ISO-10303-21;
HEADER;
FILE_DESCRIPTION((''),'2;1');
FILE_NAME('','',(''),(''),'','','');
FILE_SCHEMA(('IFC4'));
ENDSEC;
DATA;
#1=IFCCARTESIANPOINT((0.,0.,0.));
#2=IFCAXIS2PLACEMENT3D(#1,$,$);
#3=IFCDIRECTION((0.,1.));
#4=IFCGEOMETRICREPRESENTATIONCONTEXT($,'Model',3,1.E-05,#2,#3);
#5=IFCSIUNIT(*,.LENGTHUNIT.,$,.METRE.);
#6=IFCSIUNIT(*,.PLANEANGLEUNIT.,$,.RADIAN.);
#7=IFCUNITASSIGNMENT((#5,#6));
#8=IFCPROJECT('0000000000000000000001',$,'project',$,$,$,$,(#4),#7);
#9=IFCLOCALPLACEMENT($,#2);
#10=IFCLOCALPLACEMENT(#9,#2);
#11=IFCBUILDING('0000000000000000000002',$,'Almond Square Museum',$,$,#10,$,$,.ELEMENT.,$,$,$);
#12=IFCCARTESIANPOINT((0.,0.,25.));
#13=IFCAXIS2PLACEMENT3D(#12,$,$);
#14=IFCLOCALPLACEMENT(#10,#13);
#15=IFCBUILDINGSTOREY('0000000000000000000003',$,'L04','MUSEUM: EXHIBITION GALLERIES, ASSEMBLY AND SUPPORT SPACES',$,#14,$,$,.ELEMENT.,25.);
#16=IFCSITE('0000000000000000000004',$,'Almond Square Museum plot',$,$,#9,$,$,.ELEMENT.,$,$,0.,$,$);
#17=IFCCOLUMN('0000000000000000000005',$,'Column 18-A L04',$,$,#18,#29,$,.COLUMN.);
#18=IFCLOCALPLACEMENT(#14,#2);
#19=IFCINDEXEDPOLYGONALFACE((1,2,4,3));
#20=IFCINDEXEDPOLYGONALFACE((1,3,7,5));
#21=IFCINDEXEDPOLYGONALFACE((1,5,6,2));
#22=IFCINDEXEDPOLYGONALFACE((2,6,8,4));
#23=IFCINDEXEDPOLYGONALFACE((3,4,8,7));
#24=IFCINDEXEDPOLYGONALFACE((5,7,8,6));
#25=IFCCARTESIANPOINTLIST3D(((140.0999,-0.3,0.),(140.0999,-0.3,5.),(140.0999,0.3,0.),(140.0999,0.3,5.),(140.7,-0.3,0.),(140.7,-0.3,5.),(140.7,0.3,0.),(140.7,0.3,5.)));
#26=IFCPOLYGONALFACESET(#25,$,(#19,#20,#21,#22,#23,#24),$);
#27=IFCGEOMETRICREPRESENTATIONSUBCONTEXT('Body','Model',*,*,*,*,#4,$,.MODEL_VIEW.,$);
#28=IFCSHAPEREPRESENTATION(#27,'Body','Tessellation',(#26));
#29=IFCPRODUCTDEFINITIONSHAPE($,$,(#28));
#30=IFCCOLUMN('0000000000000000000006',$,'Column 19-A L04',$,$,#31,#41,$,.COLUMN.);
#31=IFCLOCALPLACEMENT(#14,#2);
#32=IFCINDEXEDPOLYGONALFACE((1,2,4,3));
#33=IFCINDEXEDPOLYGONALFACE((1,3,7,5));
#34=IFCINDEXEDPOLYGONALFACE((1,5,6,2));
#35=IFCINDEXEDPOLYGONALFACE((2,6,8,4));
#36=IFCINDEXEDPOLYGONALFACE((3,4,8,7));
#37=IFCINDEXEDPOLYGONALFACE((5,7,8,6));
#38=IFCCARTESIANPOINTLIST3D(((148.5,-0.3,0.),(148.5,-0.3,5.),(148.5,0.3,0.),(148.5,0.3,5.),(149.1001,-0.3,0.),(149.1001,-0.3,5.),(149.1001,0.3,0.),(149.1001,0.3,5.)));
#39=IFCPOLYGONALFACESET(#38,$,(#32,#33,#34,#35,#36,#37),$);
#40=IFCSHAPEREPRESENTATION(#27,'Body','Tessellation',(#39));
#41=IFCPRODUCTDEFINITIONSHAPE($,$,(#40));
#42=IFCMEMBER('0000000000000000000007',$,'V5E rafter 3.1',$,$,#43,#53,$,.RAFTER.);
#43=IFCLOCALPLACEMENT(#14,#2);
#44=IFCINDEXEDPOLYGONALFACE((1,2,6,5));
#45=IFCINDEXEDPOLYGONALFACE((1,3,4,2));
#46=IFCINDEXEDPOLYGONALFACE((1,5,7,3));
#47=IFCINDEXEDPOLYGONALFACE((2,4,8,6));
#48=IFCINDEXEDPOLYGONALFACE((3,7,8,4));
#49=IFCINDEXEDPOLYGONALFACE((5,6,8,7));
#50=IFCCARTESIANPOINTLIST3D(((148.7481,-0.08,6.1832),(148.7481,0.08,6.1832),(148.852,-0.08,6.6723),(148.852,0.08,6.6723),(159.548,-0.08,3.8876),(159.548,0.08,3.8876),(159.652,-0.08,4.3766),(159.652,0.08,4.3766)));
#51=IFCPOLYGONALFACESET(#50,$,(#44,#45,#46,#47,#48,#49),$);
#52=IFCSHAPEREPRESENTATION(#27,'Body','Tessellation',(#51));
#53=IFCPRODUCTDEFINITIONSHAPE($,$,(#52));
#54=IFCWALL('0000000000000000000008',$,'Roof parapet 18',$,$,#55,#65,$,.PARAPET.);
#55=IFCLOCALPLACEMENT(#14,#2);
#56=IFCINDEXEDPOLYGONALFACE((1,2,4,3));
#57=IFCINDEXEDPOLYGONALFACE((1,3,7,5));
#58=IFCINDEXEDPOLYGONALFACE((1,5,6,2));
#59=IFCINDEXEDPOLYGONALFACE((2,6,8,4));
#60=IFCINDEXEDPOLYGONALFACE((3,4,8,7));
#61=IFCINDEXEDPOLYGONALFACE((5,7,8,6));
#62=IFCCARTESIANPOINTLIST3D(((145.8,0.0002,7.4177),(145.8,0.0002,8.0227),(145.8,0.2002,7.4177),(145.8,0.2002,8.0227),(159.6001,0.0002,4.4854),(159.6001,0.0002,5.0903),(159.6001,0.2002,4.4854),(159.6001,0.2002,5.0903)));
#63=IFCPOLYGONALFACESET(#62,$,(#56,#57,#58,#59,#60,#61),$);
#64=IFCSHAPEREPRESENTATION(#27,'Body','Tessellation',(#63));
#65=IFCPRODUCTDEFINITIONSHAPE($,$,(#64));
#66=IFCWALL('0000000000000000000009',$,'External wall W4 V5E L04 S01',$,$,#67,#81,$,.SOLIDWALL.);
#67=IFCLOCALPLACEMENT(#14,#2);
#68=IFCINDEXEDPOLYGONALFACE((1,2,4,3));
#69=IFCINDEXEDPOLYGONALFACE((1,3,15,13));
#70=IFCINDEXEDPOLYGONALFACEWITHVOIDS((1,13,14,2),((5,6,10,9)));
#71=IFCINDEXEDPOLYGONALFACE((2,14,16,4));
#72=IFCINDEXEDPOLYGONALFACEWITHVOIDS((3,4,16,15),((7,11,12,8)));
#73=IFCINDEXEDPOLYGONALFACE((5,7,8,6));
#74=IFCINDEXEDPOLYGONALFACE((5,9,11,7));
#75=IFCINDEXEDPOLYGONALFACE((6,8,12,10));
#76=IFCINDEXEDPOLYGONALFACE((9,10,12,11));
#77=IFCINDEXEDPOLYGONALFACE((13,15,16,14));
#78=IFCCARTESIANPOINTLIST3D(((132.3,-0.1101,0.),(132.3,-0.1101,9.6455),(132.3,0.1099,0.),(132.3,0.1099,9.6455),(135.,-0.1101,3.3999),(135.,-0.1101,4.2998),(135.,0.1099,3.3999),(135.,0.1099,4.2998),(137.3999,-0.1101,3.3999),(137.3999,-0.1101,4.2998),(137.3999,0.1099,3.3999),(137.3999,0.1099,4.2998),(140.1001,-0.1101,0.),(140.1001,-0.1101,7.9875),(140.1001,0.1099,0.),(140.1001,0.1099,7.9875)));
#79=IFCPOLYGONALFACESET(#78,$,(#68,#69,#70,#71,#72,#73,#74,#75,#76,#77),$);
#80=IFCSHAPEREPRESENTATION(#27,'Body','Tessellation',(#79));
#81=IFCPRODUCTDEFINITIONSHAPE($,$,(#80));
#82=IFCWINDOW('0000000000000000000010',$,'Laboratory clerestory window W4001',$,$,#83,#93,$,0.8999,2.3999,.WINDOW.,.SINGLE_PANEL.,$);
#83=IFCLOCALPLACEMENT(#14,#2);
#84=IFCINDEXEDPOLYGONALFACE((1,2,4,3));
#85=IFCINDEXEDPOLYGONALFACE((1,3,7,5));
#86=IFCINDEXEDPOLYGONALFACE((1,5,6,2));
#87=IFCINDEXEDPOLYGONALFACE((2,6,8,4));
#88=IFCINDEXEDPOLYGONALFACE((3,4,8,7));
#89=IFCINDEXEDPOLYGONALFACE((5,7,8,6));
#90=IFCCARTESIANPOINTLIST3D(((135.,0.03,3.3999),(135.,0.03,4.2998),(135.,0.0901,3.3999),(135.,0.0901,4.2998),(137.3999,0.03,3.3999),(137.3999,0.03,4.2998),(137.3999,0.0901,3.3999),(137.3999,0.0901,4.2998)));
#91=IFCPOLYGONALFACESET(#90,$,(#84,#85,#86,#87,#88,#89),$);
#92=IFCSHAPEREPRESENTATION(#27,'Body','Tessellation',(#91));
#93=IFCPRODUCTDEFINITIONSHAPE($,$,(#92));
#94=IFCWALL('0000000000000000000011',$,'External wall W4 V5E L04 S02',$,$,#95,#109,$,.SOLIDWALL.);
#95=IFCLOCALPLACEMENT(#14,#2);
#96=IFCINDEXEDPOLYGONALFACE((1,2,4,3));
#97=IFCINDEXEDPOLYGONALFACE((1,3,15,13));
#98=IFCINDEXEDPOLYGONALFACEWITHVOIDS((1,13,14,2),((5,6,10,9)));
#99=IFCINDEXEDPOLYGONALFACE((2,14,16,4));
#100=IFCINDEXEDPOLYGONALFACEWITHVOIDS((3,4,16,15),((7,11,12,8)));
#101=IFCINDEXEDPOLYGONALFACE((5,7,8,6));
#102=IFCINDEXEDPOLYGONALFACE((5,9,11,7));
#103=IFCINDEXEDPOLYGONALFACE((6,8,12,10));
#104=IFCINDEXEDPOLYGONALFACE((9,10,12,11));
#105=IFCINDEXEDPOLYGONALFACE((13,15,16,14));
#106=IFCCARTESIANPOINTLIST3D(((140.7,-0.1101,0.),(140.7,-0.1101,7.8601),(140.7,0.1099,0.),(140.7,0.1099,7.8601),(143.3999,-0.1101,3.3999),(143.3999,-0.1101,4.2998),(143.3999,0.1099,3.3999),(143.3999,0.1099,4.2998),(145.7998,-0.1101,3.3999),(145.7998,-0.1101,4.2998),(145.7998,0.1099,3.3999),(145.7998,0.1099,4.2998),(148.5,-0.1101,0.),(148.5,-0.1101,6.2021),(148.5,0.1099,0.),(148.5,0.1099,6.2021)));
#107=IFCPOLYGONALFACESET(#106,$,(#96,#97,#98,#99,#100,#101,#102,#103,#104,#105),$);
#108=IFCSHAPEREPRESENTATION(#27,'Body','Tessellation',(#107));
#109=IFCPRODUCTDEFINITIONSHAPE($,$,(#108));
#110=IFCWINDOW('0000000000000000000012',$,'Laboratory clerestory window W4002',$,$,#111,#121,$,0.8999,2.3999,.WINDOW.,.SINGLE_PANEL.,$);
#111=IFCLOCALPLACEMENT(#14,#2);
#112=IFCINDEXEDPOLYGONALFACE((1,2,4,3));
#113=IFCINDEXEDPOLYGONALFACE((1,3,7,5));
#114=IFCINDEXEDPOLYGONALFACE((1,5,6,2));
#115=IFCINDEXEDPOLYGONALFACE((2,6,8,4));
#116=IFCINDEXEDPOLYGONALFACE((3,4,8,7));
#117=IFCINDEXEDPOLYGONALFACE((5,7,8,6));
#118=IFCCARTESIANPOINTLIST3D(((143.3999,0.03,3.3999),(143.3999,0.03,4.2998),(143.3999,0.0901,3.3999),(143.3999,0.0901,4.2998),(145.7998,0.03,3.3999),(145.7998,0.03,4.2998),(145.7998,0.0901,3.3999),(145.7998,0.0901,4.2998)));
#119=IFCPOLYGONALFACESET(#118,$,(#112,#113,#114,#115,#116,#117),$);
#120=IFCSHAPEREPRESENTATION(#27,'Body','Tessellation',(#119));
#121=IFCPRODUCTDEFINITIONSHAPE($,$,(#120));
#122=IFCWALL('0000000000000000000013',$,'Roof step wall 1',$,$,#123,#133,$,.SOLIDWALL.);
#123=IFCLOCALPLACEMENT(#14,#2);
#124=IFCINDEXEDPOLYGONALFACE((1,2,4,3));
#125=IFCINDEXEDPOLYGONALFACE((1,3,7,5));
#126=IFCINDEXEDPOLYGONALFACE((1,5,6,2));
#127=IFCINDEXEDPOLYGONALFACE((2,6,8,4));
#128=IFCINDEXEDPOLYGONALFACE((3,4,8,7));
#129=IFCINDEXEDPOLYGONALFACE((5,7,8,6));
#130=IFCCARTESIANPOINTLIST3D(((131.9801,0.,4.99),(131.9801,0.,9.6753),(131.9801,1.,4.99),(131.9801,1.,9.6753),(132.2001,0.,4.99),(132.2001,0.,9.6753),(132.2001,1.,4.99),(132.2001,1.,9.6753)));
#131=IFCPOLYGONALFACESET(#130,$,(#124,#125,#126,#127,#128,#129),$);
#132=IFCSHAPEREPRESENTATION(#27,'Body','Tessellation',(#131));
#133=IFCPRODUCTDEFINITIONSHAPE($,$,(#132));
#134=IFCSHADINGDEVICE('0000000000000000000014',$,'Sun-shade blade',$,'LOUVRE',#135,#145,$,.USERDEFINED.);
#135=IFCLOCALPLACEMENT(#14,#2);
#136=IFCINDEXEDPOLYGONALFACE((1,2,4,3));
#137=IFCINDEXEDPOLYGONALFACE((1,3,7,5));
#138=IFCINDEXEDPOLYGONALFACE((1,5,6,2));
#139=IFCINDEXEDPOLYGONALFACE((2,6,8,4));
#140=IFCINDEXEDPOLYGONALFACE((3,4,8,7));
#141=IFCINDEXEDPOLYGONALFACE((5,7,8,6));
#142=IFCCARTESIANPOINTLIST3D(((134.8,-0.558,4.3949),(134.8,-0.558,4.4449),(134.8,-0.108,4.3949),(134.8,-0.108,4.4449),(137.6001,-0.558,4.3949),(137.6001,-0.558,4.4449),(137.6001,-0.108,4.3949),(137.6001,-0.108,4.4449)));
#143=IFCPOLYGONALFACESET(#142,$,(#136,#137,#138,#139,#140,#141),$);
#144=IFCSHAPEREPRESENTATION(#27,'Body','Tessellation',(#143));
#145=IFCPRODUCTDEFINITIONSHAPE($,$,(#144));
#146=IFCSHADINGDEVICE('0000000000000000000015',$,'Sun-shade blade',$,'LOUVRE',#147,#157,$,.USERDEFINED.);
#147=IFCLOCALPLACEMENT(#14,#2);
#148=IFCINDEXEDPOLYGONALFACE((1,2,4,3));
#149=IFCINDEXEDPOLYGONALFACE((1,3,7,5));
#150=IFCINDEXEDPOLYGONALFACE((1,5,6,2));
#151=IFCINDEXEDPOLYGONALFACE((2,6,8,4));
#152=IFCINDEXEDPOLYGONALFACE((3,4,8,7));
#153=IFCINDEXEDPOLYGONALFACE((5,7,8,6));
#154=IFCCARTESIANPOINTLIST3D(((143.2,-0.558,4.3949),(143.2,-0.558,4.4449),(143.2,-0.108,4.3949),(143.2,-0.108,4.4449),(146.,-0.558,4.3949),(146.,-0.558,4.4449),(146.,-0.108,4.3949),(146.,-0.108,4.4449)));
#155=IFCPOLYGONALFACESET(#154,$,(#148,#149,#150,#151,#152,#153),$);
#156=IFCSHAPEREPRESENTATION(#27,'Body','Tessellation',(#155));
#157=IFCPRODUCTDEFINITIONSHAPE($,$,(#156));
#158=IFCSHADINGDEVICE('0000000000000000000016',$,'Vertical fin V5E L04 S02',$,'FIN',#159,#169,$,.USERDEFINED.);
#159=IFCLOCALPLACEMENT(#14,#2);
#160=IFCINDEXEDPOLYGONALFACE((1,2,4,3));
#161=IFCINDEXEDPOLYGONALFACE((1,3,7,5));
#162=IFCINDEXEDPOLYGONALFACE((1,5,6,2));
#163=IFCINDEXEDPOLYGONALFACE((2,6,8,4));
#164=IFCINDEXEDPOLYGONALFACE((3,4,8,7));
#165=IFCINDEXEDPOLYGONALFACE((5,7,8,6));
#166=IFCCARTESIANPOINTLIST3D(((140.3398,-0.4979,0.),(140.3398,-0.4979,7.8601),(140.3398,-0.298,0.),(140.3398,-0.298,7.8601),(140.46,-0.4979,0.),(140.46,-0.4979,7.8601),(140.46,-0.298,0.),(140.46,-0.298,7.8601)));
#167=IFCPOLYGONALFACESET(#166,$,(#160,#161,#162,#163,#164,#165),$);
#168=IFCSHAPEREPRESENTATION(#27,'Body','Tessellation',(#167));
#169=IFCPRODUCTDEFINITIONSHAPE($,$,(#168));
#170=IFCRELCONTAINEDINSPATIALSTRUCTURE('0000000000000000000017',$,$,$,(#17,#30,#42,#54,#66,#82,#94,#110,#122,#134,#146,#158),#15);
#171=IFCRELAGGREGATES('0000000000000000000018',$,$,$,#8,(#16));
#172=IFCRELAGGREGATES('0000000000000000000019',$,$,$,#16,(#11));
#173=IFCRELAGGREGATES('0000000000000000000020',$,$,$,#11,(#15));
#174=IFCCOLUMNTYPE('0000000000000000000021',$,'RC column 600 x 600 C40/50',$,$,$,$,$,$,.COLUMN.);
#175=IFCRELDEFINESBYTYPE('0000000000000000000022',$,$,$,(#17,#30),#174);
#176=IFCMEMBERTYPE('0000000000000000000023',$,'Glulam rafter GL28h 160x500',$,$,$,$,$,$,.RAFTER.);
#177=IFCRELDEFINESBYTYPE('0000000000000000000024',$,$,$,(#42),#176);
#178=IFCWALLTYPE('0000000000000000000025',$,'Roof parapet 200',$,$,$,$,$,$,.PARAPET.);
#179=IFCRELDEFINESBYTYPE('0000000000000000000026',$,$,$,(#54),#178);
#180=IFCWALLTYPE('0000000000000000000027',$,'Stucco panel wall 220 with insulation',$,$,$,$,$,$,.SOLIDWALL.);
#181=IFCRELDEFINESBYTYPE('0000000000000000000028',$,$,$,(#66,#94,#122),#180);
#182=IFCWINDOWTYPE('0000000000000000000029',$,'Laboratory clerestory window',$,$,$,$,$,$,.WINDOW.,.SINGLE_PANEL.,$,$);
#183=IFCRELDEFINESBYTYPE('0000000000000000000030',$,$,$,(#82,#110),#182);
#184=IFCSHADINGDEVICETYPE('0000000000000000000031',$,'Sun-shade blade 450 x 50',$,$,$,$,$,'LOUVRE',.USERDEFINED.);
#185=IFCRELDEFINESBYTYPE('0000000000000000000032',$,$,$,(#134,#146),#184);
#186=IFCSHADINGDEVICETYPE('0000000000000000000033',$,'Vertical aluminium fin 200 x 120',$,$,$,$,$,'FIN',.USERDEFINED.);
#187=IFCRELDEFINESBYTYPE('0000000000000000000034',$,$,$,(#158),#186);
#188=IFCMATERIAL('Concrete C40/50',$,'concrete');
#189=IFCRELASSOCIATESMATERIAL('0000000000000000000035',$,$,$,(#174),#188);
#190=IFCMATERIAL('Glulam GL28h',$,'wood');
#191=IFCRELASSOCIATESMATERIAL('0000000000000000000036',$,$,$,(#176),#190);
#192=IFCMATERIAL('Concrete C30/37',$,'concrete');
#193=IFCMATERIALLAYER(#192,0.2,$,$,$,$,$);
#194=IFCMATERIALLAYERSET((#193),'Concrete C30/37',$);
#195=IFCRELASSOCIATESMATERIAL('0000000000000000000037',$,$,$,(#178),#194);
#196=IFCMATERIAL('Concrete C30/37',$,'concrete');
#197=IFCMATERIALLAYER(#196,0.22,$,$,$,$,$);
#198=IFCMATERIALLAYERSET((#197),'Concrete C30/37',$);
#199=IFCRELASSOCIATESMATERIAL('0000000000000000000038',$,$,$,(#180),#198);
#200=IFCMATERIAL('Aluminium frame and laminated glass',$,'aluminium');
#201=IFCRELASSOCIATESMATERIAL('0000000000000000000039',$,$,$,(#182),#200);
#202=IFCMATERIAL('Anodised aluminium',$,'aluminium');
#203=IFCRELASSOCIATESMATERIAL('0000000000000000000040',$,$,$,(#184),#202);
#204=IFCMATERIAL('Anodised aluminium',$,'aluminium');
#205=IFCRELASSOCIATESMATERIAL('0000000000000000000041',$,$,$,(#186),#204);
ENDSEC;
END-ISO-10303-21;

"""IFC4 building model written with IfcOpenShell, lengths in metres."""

from ifc_helpers import new_model, si_unit, direction, frame, frame_2d, origin, origin_2d, place, context, subcontext, project, spatial, polyline, rectangle, outline, extrude, material, layer, layer_set, material_profile, profile_set, type_object, element, fill, save


model = new_model("IFC4")

# Units and contexts
model_context = context("Model", 3, precision=1e-05, world=origin(), true_north=direction((0.0, 1.0)))
body_context = subcontext(model_context, "Body", "Model", "MODEL_VIEW")
ifc_project = project(units=[si_unit("LENGTHUNIT", "METRE"), si_unit("PLANEANGLEUNIT", "RADIAN")], contexts=[model_context])

# Site, building, storey
site_placement = place(None, origin())
site = spatial("IfcSite", under=ifc_project, at=site_placement, Name="Almond Square Museum plot", CompositionType="ELEMENT", RefElevation=0.0)
building_placement = place(site_placement, origin())
building = spatial("IfcBuilding", under=site, at=building_placement, Name="Almond Square Museum", CompositionType="ELEMENT")
storey_placement = place(building_placement, frame((0.0, 0.0, 25.0)))
storey = spatial("IfcBuildingStorey", under=building, at=storey_placement, Name="L04", Description="MUSEUM: EXHIBITION GALLERIES, ASSEMBLY AND SUPPORT SPACES", CompositionType="ELEMENT", Elevation=25.0)

# Columns
ifc_material_1 = material(Name="Concrete C40/50", Category="concrete")
ifc_material_profile_1 = material_profile(ifc_material_1, rectangle(XDim=0.6001, YDim=0.6001, at=origin_2d()))
ifc_profile_set_1 = profile_set([ifc_material_profile_1], Name="Concrete C40/50")
column_type = type_object("IfcColumnType", Name="RC column 600 x 600 C40/50", PredefinedType="COLUMN", material=ifc_profile_set_1)
for number, where, z_axis, x_axis, name in (
    (1, (140.3999, 0.0, 0.0), (0.0, 0.0, 1.0), (1.0, 0.0, 0.0), "Column 18-A L04"),
    (2, (148.8, 0.0, 0.0), (0.0, 0.0, 1.0), (1.0, 0.0, 0.0), "Column 19-A L04"),
):
    element("IfcColumn", number, at=place(storey_placement, frame(where, z_axis=z_axis, x_axis=x_axis)), inside=storey, type_object=column_type, Name=name, PredefinedType="COLUMN", context=body_context, shape_type="SweptSolid", body=[
        extrude(rectangle(XDim=0.6001, YDim=0.6001, at=origin_2d()), origin(), (0.0, 0.0, 1.0), 5.0),
    ])

# Member
ifc_material_2 = material(Name="Glulam GL28h", Category="wood")
ifc_material_profile_2 = material_profile(ifc_material_2, rectangle(XDim=0.1599, YDim=0.5, at=origin_2d()))
ifc_profile_set_2 = profile_set([ifc_material_profile_2], Name="Glulam GL28h")
member_type = type_object("IfcMemberType", Name="Glulam rafter GL28h 160x500", PredefinedType="RAFTER", material=ifc_profile_set_2)
member_placement = place(storey_placement, frame((148.8, 0.0, 6.4277), z_axis=(0.978147, 0.0, -0.207915), x_axis=(0.0, 1.0, 0.0)))
element("IfcMember", 3, at=member_placement, inside=storey, type_object=member_type, Name="V5E rafter 3.1", PredefinedType="RAFTER", context=body_context, shape_type="SweptSolid", body=[
    extrude(rectangle(XDim=0.1599, YDim=0.5, at=origin_2d()), origin(), (0.0, 0.0, 1.0), 11.0413),
])

# Wall
ifc_material_3 = material(Name="Concrete C30/37", Category="concrete")
ifc_layer_1 = layer(ifc_material_3, 0.2)
ifc_layer_set_1 = layer_set([ifc_layer_1], Name="Concrete C30/37")
wall_type_1 = type_object("IfcWallType", Name="Roof parapet 200", PredefinedType="PARAPET", material=ifc_layer_set_1)
wall_1_placement = place(storey_placement, frame((145.8, 0.1001, 4.4854), z_axis=(0.0, 0.0, 1.0), x_axis=(1.0, 0.0, 0.0)))
element("IfcWall", 4, at=wall_1_placement, inside=storey, type_object=wall_type_1, Name="Roof parapet 18", PredefinedType="PARAPET", context=body_context, shape_type="SweptSolid", body=[
    extrude(outline(polyline([(0.0, 2.9324), (13.8, 0.0), (13.8, 0.605), (0.0, 3.5374), (0.0, 2.9324)])), frame((0.0, 0.1001, 0.0), z_axis=(0.0, -1.0, 0.0), x_axis=(1.0, 0.0, 0.0)), (0.0, 0.0, 1.0), 0.2),
])

# Walls, openings, windows
ifc_material_4 = material(Name="Concrete C30/37", Category="concrete")
ifc_layer_2 = layer(ifc_material_4, 0.22)
ifc_layer_set_2 = layer_set([ifc_layer_2], Name="Concrete C30/37")
wall_type_2 = type_object("IfcWallType", Name="Stucco panel wall 220 with insulation", PredefinedType="SOLIDWALL", material=ifc_layer_set_2)
wall_2_placement = place(storey_placement, frame((132.3, 0.0, 0.0), z_axis=(0.0, 0.0, 1.0), x_axis=(1.0, 0.0, 0.0)))
wall_2 = element("IfcWall", 5, at=wall_2_placement, inside=storey, type_object=wall_type_2, Name="External wall W4 V5E L04 S01", PredefinedType="SOLIDWALL", context=body_context, shape_type="SweptSolid", body=[
    extrude(outline(polyline([(0.0, 0.0), (7.8, 0.0), (7.8, 7.9875), (0.0, 9.6455), (0.0, 0.0)])), frame((0.0, 0.1099, 0.0), z_axis=(0.0, -1.0, 0.0), x_axis=(1.0, 0.0, 0.0)), (0.0, 0.0, 1.0), 0.22),
])
opening_1_placement = place(wall_2_placement, frame((2.7, 0.0, 3.3999)))
opening_1 = element("IfcOpeningElement", 6, at=opening_1_placement, cuts=wall_2, PredefinedType="OPENING", context=body_context, shape_type="SweptSolid", body=[
    extrude(rectangle(XDim=2.3999, YDim=0.8999, at=frame_2d((1.2, 0.45))), frame((0.0, 0.1199, 0.0), z_axis=(0.0, -1.0, 0.0), x_axis=(1.0, 0.0, 0.0)), (0.0, 0.0, 1.0), 0.24),
])
ifc_material_5 = material(Name="Aluminium frame and laminated glass", Category="aluminium")
window_type = type_object("IfcWindowType", Name="Laboratory clerestory window", PartitioningType="SINGLE_PANEL", PredefinedType="WINDOW", material=ifc_material_5)
window_1_placement = place(opening_1_placement, origin())
window_1 = element("IfcWindow", 7, at=window_1_placement, inside=storey, type_object=window_type, Name="Laboratory clerestory window W4001", OverallHeight=0.8999, OverallWidth=2.3999, PartitioningType="SINGLE_PANEL", PredefinedType="WINDOW", context=body_context, shape_type="SweptSolid", body=[
    extrude(rectangle(XDim=2.3999, YDim=0.8999, at=frame_2d((1.2, 0.45))), frame((0.0, 0.0901, 0.0), z_axis=(0.0, -1.0, 0.0), x_axis=(1.0, 0.0, 0.0)), (0.0, 0.0, 1.0), 0.0601),
])
fill(opening_1, window_1)
wall_3_placement = place(storey_placement, frame((140.7, 0.0, 0.0), z_axis=(0.0, 0.0, 1.0), x_axis=(1.0, 0.0, 0.0)))
wall_3 = element("IfcWall", 8, at=wall_3_placement, inside=storey, type_object=wall_type_2, Name="External wall W4 V5E L04 S02", PredefinedType="SOLIDWALL", context=body_context, shape_type="SweptSolid", body=[
    extrude(outline(polyline([(0.0, 0.0), (7.8, 0.0), (7.8, 6.2021), (0.0, 7.8601), (0.0, 0.0)])), frame((0.0, 0.1099, 0.0), z_axis=(0.0, -1.0, 0.0), x_axis=(1.0, 0.0, 0.0)), (0.0, 0.0, 1.0), 0.22),
])
opening_2_placement = place(wall_3_placement, frame((2.7, 0.0, 3.3999)))
opening_2 = element("IfcOpeningElement", 9, at=opening_2_placement, cuts=wall_3, PredefinedType="OPENING", context=body_context, shape_type="SweptSolid", body=[
    extrude(rectangle(XDim=2.3999, YDim=0.8999, at=frame_2d((1.2, 0.45))), frame((0.0, 0.1199, 0.0), z_axis=(0.0, -1.0, 0.0), x_axis=(1.0, 0.0, 0.0)), (0.0, 0.0, 1.0), 0.24),
])
window_2_placement = place(opening_2_placement, origin())
window_2 = element("IfcWindow", 10, at=window_2_placement, inside=storey, type_object=window_type, Name="Laboratory clerestory window W4002", OverallHeight=0.8999, OverallWidth=2.3999, PartitioningType="SINGLE_PANEL", PredefinedType="WINDOW", context=body_context, shape_type="SweptSolid", body=[
    extrude(rectangle(XDim=2.3999, YDim=0.8999, at=frame_2d((1.2, 0.45))), frame((0.0, 0.0901, 0.0), z_axis=(0.0, -1.0, 0.0), x_axis=(1.0, 0.0, 0.0)), (0.0, 0.0, 1.0), 0.0601),
])
fill(opening_2, window_2)

# Wall
wall_4_placement = place(storey_placement, frame((132.0901, 0.0, 4.99), z_axis=(0.0, 0.0, 1.0), x_axis=(0.0, 1.0, 0.0)))
element("IfcWall", 11, at=wall_4_placement, inside=storey, type_object=wall_type_2, Name="Roof step wall 1", PredefinedType="SOLIDWALL", context=body_context, shape_type="SweptSolid", body=[
    extrude(rectangle(XDim=1.0, YDim=0.22, at=frame_2d((0.5, 0.0))), origin(), (0.0, 0.0, 1.0), 4.6853),
])

# Shading devices
ifc_material_6 = material(Name="Anodised aluminium", Category="aluminium")
ifc_material_profile_3 = material_profile(ifc_material_6, rectangle(XDim=0.45, YDim=0.05, at=origin_2d()))
ifc_profile_set_3 = profile_set([ifc_material_profile_3], Name="Anodised aluminium")
shading_device_type_1 = type_object("IfcShadingDeviceType", Name="Sun-shade blade 450 x 50", ElementType="LOUVRE", PredefinedType="USERDEFINED", material=ifc_profile_set_3)
for number, where, z_axis, x_axis, name in (
    (12, (134.8, -0.333, 4.4199), (1.0, 0.0, 0.0), (0.0, 1.0, 0.0), "Sun-shade blade"),
    (13, (143.2, -0.333, 4.4199), (1.0, 0.0, 0.0), (0.0, 1.0, 0.0), "Sun-shade blade"),
):
    element("IfcShadingDevice", number, at=place(storey_placement, frame(where, z_axis=z_axis, x_axis=x_axis)), inside=storey, type_object=shading_device_type_1, Name=name, ObjectType="LOUVRE", PredefinedType="USERDEFINED", context=body_context, shape_type="SweptSolid", body=[
        extrude(rectangle(XDim=0.45, YDim=0.05, at=origin_2d()), origin(), (0.0, 0.0, 1.0), 2.8),
    ])
ifc_material_7 = material(Name="Anodised aluminium", Category="aluminium")
ifc_material_profile_4 = material_profile(ifc_material_7, rectangle(XDim=0.2, YDim=0.1201, at=origin_2d()))
ifc_profile_set_4 = profile_set([ifc_material_profile_4], Name="Anodised aluminium")
shading_device_type_2 = type_object("IfcShadingDeviceType", Name="Vertical aluminium fin 200 x 120", ElementType="FIN", PredefinedType="USERDEFINED", material=ifc_profile_set_4)
shading_device_1_placement = place(storey_placement, frame((140.3999, -0.3979, 0.0), z_axis=(0.0, 0.0, 1.0), x_axis=(0.0, -1.0, 0.0)))
element("IfcShadingDevice", 14, at=shading_device_1_placement, inside=storey, type_object=shading_device_type_2, Name="Vertical fin V5E L04 S02", ObjectType="FIN", PredefinedType="USERDEFINED", context=body_context, shape_type="SweptSolid", body=[
    extrude(rectangle(XDim=0.2, YDim=0.1201, at=origin_2d()), origin(), (0.0, 0.0, 1.0), 7.8601),
])

save(model, "model.ifc")
